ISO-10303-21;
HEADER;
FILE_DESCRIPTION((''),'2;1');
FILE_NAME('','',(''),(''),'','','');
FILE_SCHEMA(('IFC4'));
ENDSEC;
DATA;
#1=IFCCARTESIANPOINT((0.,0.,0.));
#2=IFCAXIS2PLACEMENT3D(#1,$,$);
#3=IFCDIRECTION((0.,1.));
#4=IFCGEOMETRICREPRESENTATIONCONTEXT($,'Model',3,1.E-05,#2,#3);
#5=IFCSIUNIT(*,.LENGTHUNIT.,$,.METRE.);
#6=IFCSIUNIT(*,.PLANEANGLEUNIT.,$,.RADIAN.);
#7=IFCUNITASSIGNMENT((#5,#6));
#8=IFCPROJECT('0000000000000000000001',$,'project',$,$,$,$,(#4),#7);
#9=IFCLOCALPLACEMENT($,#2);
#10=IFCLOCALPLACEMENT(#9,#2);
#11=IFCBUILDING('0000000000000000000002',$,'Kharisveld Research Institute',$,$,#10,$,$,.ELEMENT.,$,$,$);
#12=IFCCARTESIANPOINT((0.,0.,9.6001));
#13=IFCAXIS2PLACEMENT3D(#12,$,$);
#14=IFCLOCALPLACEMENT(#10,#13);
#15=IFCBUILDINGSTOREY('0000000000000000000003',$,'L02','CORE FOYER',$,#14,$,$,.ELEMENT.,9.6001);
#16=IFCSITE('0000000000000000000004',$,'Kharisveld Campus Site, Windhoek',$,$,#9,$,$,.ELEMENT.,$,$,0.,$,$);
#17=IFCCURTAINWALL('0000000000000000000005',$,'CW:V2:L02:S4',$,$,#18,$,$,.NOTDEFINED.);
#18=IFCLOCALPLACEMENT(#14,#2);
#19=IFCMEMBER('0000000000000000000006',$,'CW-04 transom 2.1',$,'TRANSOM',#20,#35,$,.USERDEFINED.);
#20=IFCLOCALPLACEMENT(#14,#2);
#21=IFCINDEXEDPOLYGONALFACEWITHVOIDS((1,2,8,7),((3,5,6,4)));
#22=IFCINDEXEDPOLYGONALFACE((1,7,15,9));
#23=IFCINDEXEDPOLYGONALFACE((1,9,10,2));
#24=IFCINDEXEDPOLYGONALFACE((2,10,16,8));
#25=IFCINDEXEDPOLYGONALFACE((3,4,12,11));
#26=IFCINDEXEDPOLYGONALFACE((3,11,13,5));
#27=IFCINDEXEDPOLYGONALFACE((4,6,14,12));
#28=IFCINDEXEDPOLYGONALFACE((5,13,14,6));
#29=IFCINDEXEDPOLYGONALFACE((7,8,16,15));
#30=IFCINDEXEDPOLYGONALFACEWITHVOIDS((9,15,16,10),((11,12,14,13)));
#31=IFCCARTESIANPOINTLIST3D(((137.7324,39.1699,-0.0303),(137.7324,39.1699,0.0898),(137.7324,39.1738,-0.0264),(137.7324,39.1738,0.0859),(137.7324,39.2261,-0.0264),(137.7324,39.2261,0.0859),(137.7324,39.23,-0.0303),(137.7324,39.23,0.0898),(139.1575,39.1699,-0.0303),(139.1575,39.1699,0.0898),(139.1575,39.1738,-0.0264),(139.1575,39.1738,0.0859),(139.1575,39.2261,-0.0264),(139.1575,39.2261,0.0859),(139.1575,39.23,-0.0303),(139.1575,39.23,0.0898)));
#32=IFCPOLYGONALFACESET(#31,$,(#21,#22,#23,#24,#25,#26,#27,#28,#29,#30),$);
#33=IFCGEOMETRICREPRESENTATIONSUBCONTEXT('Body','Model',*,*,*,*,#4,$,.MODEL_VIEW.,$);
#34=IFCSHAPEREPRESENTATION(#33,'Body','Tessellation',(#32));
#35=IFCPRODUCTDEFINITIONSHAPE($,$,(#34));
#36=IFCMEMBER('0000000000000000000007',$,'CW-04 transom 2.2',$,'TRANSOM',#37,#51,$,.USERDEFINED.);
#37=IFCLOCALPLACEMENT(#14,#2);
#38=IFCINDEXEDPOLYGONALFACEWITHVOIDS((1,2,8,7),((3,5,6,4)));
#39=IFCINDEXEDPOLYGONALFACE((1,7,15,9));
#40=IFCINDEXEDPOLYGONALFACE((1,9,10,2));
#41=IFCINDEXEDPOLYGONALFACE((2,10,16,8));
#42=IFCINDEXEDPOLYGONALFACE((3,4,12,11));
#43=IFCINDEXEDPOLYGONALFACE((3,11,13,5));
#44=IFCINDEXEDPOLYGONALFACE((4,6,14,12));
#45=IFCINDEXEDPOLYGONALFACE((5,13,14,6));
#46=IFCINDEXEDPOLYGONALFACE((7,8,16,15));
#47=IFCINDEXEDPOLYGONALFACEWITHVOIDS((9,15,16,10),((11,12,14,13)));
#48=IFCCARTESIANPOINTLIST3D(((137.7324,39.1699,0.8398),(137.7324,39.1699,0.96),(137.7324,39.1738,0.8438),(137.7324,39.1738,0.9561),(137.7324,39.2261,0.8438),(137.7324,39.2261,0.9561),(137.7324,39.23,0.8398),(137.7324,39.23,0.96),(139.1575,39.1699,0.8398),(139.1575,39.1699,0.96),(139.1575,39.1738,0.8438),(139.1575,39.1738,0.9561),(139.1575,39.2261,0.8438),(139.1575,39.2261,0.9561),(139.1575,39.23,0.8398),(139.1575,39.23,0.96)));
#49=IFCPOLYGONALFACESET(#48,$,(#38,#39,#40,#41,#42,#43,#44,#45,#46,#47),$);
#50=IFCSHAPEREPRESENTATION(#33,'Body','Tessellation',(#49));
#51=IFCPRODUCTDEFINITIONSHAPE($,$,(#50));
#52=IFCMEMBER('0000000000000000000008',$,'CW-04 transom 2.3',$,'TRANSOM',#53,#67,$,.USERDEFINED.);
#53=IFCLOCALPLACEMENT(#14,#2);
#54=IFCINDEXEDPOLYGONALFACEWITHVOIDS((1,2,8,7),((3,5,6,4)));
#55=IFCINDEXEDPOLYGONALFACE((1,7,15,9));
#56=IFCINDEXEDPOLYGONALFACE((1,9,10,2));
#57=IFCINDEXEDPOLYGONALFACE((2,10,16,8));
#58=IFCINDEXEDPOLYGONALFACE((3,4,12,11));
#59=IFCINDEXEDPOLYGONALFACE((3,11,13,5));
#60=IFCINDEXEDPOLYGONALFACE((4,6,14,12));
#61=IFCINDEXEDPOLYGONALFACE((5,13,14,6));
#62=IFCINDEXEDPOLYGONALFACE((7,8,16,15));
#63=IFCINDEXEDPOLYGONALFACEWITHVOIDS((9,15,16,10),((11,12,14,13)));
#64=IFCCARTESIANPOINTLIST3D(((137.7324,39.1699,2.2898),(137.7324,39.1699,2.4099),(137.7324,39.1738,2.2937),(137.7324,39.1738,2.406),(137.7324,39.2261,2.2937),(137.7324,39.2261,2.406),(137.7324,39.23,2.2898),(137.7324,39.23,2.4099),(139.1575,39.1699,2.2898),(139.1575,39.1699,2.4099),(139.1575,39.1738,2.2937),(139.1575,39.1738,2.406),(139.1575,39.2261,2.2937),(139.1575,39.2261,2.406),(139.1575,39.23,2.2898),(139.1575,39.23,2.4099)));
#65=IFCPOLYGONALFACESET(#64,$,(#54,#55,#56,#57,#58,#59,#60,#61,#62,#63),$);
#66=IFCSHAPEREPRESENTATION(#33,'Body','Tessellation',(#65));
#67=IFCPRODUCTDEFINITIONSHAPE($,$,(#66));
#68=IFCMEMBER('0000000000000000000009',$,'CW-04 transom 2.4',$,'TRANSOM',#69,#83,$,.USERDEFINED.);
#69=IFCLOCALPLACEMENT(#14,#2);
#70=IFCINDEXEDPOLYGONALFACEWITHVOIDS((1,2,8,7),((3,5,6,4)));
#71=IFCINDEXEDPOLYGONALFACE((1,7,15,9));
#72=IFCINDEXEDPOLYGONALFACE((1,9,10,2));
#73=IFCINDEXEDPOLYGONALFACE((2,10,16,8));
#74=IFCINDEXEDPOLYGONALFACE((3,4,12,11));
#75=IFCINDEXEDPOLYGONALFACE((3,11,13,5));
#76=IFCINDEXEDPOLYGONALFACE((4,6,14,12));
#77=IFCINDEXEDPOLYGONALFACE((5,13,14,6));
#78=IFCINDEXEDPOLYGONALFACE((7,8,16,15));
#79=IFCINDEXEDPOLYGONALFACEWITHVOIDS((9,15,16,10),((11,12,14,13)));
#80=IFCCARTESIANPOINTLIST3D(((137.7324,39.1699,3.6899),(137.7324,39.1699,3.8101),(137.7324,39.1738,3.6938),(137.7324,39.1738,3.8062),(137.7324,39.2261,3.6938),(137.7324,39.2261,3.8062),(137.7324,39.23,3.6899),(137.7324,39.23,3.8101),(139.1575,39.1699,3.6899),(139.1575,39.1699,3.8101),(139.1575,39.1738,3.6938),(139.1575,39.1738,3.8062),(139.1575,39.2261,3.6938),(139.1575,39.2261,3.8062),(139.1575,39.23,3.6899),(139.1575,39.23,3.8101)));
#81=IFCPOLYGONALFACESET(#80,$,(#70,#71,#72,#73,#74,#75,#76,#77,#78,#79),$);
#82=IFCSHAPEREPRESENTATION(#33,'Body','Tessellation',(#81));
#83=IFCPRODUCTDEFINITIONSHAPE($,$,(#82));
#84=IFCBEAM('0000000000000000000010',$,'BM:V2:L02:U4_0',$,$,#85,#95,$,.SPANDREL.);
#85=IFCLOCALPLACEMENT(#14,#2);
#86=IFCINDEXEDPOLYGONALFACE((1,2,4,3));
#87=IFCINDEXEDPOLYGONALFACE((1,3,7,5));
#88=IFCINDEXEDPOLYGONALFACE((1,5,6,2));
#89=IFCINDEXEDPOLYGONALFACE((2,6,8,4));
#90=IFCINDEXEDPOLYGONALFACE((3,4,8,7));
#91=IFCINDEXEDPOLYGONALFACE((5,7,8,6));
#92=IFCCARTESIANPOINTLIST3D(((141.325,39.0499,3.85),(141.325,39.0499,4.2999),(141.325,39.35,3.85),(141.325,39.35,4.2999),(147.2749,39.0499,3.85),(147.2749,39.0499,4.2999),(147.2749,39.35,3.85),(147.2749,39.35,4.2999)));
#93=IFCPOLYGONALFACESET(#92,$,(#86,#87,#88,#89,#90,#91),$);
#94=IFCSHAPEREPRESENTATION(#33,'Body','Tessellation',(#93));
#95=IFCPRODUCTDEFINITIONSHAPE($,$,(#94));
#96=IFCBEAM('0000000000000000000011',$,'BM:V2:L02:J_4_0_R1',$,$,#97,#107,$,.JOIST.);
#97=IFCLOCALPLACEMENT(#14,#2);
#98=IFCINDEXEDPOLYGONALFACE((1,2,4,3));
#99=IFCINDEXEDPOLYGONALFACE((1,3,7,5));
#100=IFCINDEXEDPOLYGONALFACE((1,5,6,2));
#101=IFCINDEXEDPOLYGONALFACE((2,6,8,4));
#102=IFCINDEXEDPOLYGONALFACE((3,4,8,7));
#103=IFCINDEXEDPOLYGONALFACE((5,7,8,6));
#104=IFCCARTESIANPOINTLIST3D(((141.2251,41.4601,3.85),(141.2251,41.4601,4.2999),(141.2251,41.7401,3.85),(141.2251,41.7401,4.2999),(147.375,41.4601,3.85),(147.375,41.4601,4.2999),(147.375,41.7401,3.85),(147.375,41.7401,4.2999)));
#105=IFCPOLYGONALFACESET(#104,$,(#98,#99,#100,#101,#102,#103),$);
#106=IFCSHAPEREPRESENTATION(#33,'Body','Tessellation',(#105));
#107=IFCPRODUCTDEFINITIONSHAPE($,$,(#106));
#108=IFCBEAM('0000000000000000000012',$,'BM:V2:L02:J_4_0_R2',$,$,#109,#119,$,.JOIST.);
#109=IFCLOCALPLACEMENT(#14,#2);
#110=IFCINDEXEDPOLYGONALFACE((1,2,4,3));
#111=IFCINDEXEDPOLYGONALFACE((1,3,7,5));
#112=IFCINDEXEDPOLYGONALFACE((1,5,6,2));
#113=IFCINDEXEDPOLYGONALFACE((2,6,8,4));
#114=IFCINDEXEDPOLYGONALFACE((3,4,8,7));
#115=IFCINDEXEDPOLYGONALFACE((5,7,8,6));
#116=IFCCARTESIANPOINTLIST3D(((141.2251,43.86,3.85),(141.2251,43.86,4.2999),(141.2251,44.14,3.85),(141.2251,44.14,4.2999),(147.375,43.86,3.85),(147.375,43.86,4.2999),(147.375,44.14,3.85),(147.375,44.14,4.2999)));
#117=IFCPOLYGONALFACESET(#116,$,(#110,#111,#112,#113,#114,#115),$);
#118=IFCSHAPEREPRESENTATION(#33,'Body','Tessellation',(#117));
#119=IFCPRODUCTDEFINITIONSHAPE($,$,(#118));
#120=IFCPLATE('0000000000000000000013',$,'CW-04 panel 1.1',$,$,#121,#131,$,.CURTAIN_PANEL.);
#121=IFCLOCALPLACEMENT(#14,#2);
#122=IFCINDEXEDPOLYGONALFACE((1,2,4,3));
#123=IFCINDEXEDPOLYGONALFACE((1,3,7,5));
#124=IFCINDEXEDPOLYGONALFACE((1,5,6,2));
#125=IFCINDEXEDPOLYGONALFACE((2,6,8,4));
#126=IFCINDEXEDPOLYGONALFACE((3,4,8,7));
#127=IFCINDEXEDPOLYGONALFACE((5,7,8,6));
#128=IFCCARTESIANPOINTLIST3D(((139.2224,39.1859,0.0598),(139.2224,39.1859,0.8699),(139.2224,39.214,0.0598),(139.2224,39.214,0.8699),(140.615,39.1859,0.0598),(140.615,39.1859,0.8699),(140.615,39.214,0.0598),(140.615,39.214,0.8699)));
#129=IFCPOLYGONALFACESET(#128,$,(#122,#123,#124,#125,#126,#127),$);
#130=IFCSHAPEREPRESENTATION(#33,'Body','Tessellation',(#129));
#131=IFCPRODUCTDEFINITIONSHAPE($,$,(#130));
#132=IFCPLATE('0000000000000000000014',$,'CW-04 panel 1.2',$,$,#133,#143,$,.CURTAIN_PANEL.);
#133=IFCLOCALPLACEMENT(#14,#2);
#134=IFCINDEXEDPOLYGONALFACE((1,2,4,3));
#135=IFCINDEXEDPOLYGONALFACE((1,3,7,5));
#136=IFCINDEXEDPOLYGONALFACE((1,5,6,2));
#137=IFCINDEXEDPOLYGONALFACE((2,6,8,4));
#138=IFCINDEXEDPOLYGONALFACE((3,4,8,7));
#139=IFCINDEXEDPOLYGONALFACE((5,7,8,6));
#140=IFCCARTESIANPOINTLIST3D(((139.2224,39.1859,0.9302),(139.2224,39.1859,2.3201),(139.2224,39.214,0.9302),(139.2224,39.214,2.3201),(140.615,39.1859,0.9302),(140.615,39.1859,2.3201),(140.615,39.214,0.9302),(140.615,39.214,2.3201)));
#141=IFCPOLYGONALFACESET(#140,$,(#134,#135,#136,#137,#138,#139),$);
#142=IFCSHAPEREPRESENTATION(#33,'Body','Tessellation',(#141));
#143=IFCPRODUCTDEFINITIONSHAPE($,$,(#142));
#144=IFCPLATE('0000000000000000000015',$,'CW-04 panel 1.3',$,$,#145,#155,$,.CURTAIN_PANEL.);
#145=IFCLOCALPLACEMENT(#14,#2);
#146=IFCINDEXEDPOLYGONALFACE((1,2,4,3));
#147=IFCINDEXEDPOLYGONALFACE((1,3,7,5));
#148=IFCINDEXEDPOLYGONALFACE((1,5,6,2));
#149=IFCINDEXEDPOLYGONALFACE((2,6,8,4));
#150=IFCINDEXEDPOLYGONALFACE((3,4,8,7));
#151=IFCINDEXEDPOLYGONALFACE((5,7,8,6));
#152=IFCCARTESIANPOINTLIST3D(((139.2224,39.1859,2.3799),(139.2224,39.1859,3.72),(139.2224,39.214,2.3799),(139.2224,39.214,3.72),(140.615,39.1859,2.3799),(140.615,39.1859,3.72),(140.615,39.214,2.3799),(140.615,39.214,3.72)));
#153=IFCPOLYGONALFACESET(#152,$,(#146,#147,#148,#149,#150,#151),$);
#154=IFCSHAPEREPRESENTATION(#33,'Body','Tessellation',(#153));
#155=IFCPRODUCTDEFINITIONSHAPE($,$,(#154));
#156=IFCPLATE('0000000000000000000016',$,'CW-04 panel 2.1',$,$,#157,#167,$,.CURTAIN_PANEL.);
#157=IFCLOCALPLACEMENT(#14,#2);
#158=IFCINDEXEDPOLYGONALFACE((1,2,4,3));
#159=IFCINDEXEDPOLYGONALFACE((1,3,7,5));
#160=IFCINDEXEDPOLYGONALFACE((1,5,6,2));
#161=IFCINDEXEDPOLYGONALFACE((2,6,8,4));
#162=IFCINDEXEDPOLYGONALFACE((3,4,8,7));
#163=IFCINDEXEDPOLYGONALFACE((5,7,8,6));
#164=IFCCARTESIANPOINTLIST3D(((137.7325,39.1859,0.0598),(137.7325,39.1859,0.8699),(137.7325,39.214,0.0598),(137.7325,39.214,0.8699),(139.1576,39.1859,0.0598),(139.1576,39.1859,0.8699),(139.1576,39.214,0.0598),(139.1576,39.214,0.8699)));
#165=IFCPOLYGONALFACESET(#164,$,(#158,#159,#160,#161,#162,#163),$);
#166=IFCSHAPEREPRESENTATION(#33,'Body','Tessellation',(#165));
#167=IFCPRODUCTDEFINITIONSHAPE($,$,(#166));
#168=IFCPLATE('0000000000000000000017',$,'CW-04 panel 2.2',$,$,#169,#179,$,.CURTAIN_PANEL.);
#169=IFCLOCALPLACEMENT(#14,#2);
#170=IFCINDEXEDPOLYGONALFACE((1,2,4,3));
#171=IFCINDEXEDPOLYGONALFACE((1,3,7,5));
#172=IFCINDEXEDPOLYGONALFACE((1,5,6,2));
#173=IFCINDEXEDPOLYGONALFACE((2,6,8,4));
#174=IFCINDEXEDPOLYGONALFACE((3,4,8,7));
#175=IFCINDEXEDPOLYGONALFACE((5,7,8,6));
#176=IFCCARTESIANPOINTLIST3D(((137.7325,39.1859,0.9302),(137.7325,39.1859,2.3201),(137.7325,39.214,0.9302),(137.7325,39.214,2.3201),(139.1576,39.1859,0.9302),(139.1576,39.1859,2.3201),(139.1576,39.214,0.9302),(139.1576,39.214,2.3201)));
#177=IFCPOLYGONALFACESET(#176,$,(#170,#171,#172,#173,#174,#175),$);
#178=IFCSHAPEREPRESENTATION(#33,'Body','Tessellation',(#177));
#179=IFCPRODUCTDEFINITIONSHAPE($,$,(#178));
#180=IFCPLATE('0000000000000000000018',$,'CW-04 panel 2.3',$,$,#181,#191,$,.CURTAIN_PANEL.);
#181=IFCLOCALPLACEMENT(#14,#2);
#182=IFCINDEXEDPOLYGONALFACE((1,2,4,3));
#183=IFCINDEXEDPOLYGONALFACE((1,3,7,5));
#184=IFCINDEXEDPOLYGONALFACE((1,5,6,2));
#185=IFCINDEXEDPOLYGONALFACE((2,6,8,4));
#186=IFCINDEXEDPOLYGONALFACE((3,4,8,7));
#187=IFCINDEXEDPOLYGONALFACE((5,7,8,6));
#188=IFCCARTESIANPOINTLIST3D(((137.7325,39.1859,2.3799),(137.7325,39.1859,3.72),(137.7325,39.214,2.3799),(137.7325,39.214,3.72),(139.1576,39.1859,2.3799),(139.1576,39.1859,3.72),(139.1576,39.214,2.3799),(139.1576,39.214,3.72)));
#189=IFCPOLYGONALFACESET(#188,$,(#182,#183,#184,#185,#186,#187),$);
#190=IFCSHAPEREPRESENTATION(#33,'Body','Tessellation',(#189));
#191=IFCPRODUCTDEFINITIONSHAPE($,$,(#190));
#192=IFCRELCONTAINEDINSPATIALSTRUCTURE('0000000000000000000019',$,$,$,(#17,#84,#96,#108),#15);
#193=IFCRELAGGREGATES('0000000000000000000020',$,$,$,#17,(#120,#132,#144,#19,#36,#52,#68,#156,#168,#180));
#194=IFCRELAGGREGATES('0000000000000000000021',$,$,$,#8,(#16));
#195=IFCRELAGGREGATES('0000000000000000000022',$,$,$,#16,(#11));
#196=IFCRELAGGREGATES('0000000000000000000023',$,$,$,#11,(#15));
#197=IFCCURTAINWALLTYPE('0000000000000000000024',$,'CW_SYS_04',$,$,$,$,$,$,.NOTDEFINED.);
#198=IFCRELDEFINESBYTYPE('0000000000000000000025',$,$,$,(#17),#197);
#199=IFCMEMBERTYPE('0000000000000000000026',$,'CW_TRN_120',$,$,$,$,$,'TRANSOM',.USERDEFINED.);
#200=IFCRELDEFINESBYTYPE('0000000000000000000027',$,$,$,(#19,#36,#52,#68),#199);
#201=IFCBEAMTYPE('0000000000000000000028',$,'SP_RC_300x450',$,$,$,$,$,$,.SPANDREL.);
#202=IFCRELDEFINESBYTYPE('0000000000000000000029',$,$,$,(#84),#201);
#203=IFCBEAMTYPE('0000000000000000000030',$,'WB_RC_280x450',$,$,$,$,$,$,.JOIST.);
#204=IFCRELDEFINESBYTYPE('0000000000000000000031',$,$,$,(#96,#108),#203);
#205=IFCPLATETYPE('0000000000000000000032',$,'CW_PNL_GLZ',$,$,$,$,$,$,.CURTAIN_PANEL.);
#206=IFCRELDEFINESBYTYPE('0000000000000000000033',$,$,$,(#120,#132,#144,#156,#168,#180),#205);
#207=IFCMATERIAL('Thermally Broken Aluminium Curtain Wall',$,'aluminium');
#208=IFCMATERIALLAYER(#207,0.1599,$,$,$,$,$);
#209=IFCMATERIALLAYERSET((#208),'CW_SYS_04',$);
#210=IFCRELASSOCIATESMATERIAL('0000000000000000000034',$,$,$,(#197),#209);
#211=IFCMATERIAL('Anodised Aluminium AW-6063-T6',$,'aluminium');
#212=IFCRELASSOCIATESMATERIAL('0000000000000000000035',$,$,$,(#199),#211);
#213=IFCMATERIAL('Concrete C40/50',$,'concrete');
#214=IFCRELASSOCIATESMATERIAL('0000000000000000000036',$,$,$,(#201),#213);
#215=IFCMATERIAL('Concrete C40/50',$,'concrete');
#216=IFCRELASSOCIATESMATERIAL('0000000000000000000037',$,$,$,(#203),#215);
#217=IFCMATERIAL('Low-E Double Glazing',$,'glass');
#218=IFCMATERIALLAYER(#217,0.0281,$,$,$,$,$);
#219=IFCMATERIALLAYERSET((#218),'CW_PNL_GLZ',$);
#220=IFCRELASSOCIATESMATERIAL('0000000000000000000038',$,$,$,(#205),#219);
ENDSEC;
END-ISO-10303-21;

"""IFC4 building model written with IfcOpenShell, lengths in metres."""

from ifc_helpers import new_model, si_unit, direction, frame, origin, origin_2d, place, context, subcontext, project, spatial, rectangle, hollow_rectangle, extrude, material, layer, layer_set, material_profile, profile_set, type_object, element, aggregate, save


model = new_model("IFC4")

# Units and contexts
model_context = context("Model", 3, precision=1e-05, world=origin(), true_north=direction((0.0, 1.0)))
body_context = subcontext(model_context, "Body", "Model", "MODEL_VIEW")
ifc_project = project(units=[si_unit("LENGTHUNIT", "METRE"), si_unit("PLANEANGLEUNIT", "RADIAN")], contexts=[model_context])

# Site, building, storey
site_placement = place(None, origin())
site = spatial("IfcSite", under=ifc_project, at=site_placement, Name="Kharisveld Campus Site, Windhoek", CompositionType="ELEMENT", RefElevation=0.0)
building_placement = place(site_placement, origin())
building = spatial("IfcBuilding", under=site, at=building_placement, Name="Kharisveld Research Institute", CompositionType="ELEMENT")
storey_placement = place(building_placement, frame((0.0, 0.0, 9.6001)))
storey = spatial("IfcBuildingStorey", under=building, at=storey_placement, Name="L02", Description="CORE FOYER", CompositionType="ELEMENT", Elevation=9.6001)

# Curtain wall, members
ifc_material_1 = material(Name="Thermally Broken Aluminium Curtain Wall", Category="aluminium")
ifc_layer_1 = layer(ifc_material_1, 0.1599)
ifc_layer_set_1 = layer_set([ifc_layer_1], Name="CW_SYS_04")
curtain_wall_type = type_object("IfcCurtainWallType", Name="CW_SYS_04", PredefinedType="NOTDEFINED", material=ifc_layer_set_1)
curtain_wall_placement = place(storey_placement, origin())
curtain_wall = element("IfcCurtainWall", 1, at=curtain_wall_placement, inside=storey, type_object=curtain_wall_type, Name="CW:V2:L02:S4", PredefinedType="NOTDEFINED")
ifc_material_2 = material(Name="Anodised Aluminium AW-6063-T6", Category="aluminium")
ifc_material_profile_1 = material_profile(ifc_material_2, hollow_rectangle(XDim=0.0601, YDim=0.1201, WallThickness=0.0039, at=origin_2d()))
ifc_profile_set_1 = profile_set([ifc_material_profile_1], Name="Anodised Aluminium AW-6063-T6")
member_type_1 = type_object("IfcMemberType", Name="CW_TRN_120", ElementType="TRANSOM", PredefinedType="USERDEFINED", material=ifc_profile_set_1)
member_1_placement = place(storey_placement, frame((139.1575, 39.2, 0.0298), z_axis=(-1.0, 0.0, 0.0), x_axis=(0.0, -1.0, 0.0)))
member_1 = element("IfcMember", 2, at=member_1_placement, type_object=member_type_1, Name="CW-04 transom 2.1", ObjectType="TRANSOM", PredefinedType="USERDEFINED", context=body_context, shape_type="SweptSolid", body=[
    extrude(hollow_rectangle(XDim=0.0601, YDim=0.1201, WallThickness=0.0039, at=origin_2d()), origin(), (0.0, 0.0, 1.0), 1.425),
])
member_2_placement = place(storey_placement, frame((139.1575, 39.2, 0.8999), z_axis=(-1.0, 0.0, 0.0), x_axis=(0.0, -1.0, 0.0)))
member_2 = element("IfcMember", 3, at=member_2_placement, type_object=member_type_1, Name="CW-04 transom 2.2", ObjectType="TRANSOM", PredefinedType="USERDEFINED", context=body_context, shape_type="SweptSolid", body=[
    extrude(hollow_rectangle(XDim=0.0601, YDim=0.1201, WallThickness=0.0039, at=origin_2d()), origin(), (0.0, 0.0, 1.0), 1.425),
])
member_3_placement = place(storey_placement, frame((139.1575, 39.2, 2.3499), z_axis=(-1.0, 0.0, 0.0), x_axis=(0.0, -1.0, 0.0)))
member_3 = element("IfcMember", 4, at=member_3_placement, type_object=member_type_1, Name="CW-04 transom 2.3", ObjectType="TRANSOM", PredefinedType="USERDEFINED", context=body_context, shape_type="SweptSolid", body=[
    extrude(hollow_rectangle(XDim=0.0601, YDim=0.1201, WallThickness=0.0039, at=origin_2d()), origin(), (0.0, 0.0, 1.0), 1.425),
])
member_4_placement = place(storey_placement, frame((139.1575, 39.2, 3.75), z_axis=(-1.0, 0.0, 0.0), x_axis=(0.0, -1.0, 0.0)))
member_4 = element("IfcMember", 5, at=member_4_placement, type_object=member_type_1, Name="CW-04 transom 2.4", ObjectType="TRANSOM", PredefinedType="USERDEFINED", context=body_context, shape_type="SweptSolid", body=[
    extrude(hollow_rectangle(XDim=0.0601, YDim=0.1201, WallThickness=0.0039, at=origin_2d()), origin(), (0.0, 0.0, 1.0), 1.425),
])

# Beams
ifc_material_3 = material(Name="Concrete C40/50", Category="concrete")
ifc_material_profile_2 = material_profile(ifc_material_3, rectangle(XDim=0.3, YDim=0.45, at=origin_2d()))
ifc_profile_set_2 = profile_set([ifc_material_profile_2], Name="Concrete C40/50")
beam_type_1 = type_object("IfcBeamType", Name="SP_RC_300x450", PredefinedType="SPANDREL", material=ifc_profile_set_2)
beam_1_placement = place(storey_placement, frame((141.325, 39.2, 4.075), z_axis=(1.0, 0.0, 0.0), x_axis=(0.0, 1.0, 0.0)))
element("IfcBeam", 6, at=beam_1_placement, inside=storey, type_object=beam_type_1, Name="BM:V2:L02:U4_0", PredefinedType="SPANDREL", context=body_context, shape_type="SweptSolid", body=[
    extrude(rectangle(XDim=0.3, YDim=0.45, at=origin_2d()), origin(), (0.0, 0.0, 1.0), 5.95),
])
ifc_material_4 = material(Name="Concrete C40/50", Category="concrete")
ifc_material_profile_3 = material_profile(ifc_material_4, rectangle(XDim=0.28, YDim=0.45, at=origin_2d()))
ifc_profile_set_3 = profile_set([ifc_material_profile_3], Name="Concrete C40/50")
beam_type_2 = type_object("IfcBeamType", Name="WB_RC_280x450", PredefinedType="JOIST", material=ifc_profile_set_3)
for number, where, z_axis, x_axis, name in (
    (7, (141.2251, 41.6001, 4.075), (1.0, 0.0, 0.0), (0.0, 1.0, 0.0), "BM:V2:L02:J_4_0_R1"),
    (8, (141.2251, 44.0, 4.075), (1.0, 0.0, 0.0), (0.0, 1.0, 0.0), "BM:V2:L02:J_4_0_R2"),
):
    element("IfcBeam", number, at=place(storey_placement, frame(where, z_axis=z_axis, x_axis=x_axis)), inside=storey, type_object=beam_type_2, Name=name, PredefinedType="JOIST", context=body_context, shape_type="SweptSolid", body=[
        extrude(rectangle(XDim=0.28, YDim=0.45, at=origin_2d()), origin(), (0.0, 0.0, 1.0), 6.1499),
    ])

# Plates
ifc_material_5 = material(Name="Low-E Double Glazing", Category="glass")
ifc_layer_2 = layer(ifc_material_5, 0.0281)
ifc_layer_set_2 = layer_set([ifc_layer_2], Name="CW_PNL_GLZ")
plate_type = type_object("IfcPlateType", Name="CW_PNL_GLZ", PredefinedType="CURTAIN_PANEL", material=ifc_layer_set_2)
plate_1_placement = place(storey_placement, frame((139.9187, 39.2, 0.0598), z_axis=(0.0, 0.0, 1.0), x_axis=(-1.0, 0.0, 0.0)))
plate_1 = element("IfcPlate", 9, at=plate_1_placement, type_object=plate_type, Name="CW-04 panel 1.1", PredefinedType="CURTAIN_PANEL", context=body_context, shape_type="SweptSolid", body=[
    extrude(rectangle(XDim=1.3926, YDim=0.0281, at=origin_2d()), origin(), (0.0, 0.0, 1.0), 0.8101),
])
plate_2_placement = place(storey_placement, frame((139.9187, 39.2, 0.9302), z_axis=(0.0, 0.0, 1.0), x_axis=(-1.0, 0.0, 0.0)))
plate_2 = element("IfcPlate", 10, at=plate_2_placement, type_object=plate_type, Name="CW-04 panel 1.2", PredefinedType="CURTAIN_PANEL", context=body_context, shape_type="SweptSolid", body=[
    extrude(rectangle(XDim=1.3926, YDim=0.0281, at=origin_2d()), origin(), (0.0, 0.0, 1.0), 1.3899),
])
plate_3_placement = place(storey_placement, frame((139.9187, 39.2, 2.3799), z_axis=(0.0, 0.0, 1.0), x_axis=(-1.0, 0.0, 0.0)))
plate_3 = element("IfcPlate", 11, at=plate_3_placement, type_object=plate_type, Name="CW-04 panel 1.3", PredefinedType="CURTAIN_PANEL", context=body_context, shape_type="SweptSolid", body=[
    extrude(rectangle(XDim=1.3926, YDim=0.0281, at=origin_2d()), origin(), (0.0, 0.0, 1.0), 1.3401),
])
plate_4_placement = place(storey_placement, frame((138.4451, 39.2, 0.0598), z_axis=(0.0, 0.0, 1.0), x_axis=(-1.0, 0.0, 0.0)))
plate_4 = element("IfcPlate", 12, at=plate_4_placement, type_object=plate_type, Name="CW-04 panel 2.1", PredefinedType="CURTAIN_PANEL", context=body_context, shape_type="SweptSolid", body=[
    extrude(rectangle(XDim=1.425, YDim=0.0281, at=origin_2d()), origin(), (0.0, 0.0, 1.0), 0.8101),
])
plate_5_placement = place(storey_placement, frame((138.4451, 39.2, 0.9302), z_axis=(0.0, 0.0, 1.0), x_axis=(-1.0, 0.0, 0.0)))
plate_5 = element("IfcPlate", 13, at=plate_5_placement, type_object=plate_type, Name="CW-04 panel 2.2", PredefinedType="CURTAIN_PANEL", context=body_context, shape_type="SweptSolid", body=[
    extrude(rectangle(XDim=1.425, YDim=0.0281, at=origin_2d()), origin(), (0.0, 0.0, 1.0), 1.3899),
])
plate_6_placement = place(storey_placement, frame((138.4451, 39.2, 2.3799), z_axis=(0.0, 0.0, 1.0), x_axis=(-1.0, 0.0, 0.0)))
plate_6 = element("IfcPlate", 14, at=plate_6_placement, type_object=plate_type, Name="CW-04 panel 2.3", PredefinedType="CURTAIN_PANEL", context=body_context, shape_type="SweptSolid", body=[
    extrude(rectangle(XDim=1.425, YDim=0.0281, at=origin_2d()), origin(), (0.0, 0.0, 1.0), 1.3401),
])
aggregate(curtain_wall, [plate_1, plate_2, plate_3, member_1, member_2, member_3, member_4, plate_4, plate_5, plate_6])

save(model, "model.ifc")
